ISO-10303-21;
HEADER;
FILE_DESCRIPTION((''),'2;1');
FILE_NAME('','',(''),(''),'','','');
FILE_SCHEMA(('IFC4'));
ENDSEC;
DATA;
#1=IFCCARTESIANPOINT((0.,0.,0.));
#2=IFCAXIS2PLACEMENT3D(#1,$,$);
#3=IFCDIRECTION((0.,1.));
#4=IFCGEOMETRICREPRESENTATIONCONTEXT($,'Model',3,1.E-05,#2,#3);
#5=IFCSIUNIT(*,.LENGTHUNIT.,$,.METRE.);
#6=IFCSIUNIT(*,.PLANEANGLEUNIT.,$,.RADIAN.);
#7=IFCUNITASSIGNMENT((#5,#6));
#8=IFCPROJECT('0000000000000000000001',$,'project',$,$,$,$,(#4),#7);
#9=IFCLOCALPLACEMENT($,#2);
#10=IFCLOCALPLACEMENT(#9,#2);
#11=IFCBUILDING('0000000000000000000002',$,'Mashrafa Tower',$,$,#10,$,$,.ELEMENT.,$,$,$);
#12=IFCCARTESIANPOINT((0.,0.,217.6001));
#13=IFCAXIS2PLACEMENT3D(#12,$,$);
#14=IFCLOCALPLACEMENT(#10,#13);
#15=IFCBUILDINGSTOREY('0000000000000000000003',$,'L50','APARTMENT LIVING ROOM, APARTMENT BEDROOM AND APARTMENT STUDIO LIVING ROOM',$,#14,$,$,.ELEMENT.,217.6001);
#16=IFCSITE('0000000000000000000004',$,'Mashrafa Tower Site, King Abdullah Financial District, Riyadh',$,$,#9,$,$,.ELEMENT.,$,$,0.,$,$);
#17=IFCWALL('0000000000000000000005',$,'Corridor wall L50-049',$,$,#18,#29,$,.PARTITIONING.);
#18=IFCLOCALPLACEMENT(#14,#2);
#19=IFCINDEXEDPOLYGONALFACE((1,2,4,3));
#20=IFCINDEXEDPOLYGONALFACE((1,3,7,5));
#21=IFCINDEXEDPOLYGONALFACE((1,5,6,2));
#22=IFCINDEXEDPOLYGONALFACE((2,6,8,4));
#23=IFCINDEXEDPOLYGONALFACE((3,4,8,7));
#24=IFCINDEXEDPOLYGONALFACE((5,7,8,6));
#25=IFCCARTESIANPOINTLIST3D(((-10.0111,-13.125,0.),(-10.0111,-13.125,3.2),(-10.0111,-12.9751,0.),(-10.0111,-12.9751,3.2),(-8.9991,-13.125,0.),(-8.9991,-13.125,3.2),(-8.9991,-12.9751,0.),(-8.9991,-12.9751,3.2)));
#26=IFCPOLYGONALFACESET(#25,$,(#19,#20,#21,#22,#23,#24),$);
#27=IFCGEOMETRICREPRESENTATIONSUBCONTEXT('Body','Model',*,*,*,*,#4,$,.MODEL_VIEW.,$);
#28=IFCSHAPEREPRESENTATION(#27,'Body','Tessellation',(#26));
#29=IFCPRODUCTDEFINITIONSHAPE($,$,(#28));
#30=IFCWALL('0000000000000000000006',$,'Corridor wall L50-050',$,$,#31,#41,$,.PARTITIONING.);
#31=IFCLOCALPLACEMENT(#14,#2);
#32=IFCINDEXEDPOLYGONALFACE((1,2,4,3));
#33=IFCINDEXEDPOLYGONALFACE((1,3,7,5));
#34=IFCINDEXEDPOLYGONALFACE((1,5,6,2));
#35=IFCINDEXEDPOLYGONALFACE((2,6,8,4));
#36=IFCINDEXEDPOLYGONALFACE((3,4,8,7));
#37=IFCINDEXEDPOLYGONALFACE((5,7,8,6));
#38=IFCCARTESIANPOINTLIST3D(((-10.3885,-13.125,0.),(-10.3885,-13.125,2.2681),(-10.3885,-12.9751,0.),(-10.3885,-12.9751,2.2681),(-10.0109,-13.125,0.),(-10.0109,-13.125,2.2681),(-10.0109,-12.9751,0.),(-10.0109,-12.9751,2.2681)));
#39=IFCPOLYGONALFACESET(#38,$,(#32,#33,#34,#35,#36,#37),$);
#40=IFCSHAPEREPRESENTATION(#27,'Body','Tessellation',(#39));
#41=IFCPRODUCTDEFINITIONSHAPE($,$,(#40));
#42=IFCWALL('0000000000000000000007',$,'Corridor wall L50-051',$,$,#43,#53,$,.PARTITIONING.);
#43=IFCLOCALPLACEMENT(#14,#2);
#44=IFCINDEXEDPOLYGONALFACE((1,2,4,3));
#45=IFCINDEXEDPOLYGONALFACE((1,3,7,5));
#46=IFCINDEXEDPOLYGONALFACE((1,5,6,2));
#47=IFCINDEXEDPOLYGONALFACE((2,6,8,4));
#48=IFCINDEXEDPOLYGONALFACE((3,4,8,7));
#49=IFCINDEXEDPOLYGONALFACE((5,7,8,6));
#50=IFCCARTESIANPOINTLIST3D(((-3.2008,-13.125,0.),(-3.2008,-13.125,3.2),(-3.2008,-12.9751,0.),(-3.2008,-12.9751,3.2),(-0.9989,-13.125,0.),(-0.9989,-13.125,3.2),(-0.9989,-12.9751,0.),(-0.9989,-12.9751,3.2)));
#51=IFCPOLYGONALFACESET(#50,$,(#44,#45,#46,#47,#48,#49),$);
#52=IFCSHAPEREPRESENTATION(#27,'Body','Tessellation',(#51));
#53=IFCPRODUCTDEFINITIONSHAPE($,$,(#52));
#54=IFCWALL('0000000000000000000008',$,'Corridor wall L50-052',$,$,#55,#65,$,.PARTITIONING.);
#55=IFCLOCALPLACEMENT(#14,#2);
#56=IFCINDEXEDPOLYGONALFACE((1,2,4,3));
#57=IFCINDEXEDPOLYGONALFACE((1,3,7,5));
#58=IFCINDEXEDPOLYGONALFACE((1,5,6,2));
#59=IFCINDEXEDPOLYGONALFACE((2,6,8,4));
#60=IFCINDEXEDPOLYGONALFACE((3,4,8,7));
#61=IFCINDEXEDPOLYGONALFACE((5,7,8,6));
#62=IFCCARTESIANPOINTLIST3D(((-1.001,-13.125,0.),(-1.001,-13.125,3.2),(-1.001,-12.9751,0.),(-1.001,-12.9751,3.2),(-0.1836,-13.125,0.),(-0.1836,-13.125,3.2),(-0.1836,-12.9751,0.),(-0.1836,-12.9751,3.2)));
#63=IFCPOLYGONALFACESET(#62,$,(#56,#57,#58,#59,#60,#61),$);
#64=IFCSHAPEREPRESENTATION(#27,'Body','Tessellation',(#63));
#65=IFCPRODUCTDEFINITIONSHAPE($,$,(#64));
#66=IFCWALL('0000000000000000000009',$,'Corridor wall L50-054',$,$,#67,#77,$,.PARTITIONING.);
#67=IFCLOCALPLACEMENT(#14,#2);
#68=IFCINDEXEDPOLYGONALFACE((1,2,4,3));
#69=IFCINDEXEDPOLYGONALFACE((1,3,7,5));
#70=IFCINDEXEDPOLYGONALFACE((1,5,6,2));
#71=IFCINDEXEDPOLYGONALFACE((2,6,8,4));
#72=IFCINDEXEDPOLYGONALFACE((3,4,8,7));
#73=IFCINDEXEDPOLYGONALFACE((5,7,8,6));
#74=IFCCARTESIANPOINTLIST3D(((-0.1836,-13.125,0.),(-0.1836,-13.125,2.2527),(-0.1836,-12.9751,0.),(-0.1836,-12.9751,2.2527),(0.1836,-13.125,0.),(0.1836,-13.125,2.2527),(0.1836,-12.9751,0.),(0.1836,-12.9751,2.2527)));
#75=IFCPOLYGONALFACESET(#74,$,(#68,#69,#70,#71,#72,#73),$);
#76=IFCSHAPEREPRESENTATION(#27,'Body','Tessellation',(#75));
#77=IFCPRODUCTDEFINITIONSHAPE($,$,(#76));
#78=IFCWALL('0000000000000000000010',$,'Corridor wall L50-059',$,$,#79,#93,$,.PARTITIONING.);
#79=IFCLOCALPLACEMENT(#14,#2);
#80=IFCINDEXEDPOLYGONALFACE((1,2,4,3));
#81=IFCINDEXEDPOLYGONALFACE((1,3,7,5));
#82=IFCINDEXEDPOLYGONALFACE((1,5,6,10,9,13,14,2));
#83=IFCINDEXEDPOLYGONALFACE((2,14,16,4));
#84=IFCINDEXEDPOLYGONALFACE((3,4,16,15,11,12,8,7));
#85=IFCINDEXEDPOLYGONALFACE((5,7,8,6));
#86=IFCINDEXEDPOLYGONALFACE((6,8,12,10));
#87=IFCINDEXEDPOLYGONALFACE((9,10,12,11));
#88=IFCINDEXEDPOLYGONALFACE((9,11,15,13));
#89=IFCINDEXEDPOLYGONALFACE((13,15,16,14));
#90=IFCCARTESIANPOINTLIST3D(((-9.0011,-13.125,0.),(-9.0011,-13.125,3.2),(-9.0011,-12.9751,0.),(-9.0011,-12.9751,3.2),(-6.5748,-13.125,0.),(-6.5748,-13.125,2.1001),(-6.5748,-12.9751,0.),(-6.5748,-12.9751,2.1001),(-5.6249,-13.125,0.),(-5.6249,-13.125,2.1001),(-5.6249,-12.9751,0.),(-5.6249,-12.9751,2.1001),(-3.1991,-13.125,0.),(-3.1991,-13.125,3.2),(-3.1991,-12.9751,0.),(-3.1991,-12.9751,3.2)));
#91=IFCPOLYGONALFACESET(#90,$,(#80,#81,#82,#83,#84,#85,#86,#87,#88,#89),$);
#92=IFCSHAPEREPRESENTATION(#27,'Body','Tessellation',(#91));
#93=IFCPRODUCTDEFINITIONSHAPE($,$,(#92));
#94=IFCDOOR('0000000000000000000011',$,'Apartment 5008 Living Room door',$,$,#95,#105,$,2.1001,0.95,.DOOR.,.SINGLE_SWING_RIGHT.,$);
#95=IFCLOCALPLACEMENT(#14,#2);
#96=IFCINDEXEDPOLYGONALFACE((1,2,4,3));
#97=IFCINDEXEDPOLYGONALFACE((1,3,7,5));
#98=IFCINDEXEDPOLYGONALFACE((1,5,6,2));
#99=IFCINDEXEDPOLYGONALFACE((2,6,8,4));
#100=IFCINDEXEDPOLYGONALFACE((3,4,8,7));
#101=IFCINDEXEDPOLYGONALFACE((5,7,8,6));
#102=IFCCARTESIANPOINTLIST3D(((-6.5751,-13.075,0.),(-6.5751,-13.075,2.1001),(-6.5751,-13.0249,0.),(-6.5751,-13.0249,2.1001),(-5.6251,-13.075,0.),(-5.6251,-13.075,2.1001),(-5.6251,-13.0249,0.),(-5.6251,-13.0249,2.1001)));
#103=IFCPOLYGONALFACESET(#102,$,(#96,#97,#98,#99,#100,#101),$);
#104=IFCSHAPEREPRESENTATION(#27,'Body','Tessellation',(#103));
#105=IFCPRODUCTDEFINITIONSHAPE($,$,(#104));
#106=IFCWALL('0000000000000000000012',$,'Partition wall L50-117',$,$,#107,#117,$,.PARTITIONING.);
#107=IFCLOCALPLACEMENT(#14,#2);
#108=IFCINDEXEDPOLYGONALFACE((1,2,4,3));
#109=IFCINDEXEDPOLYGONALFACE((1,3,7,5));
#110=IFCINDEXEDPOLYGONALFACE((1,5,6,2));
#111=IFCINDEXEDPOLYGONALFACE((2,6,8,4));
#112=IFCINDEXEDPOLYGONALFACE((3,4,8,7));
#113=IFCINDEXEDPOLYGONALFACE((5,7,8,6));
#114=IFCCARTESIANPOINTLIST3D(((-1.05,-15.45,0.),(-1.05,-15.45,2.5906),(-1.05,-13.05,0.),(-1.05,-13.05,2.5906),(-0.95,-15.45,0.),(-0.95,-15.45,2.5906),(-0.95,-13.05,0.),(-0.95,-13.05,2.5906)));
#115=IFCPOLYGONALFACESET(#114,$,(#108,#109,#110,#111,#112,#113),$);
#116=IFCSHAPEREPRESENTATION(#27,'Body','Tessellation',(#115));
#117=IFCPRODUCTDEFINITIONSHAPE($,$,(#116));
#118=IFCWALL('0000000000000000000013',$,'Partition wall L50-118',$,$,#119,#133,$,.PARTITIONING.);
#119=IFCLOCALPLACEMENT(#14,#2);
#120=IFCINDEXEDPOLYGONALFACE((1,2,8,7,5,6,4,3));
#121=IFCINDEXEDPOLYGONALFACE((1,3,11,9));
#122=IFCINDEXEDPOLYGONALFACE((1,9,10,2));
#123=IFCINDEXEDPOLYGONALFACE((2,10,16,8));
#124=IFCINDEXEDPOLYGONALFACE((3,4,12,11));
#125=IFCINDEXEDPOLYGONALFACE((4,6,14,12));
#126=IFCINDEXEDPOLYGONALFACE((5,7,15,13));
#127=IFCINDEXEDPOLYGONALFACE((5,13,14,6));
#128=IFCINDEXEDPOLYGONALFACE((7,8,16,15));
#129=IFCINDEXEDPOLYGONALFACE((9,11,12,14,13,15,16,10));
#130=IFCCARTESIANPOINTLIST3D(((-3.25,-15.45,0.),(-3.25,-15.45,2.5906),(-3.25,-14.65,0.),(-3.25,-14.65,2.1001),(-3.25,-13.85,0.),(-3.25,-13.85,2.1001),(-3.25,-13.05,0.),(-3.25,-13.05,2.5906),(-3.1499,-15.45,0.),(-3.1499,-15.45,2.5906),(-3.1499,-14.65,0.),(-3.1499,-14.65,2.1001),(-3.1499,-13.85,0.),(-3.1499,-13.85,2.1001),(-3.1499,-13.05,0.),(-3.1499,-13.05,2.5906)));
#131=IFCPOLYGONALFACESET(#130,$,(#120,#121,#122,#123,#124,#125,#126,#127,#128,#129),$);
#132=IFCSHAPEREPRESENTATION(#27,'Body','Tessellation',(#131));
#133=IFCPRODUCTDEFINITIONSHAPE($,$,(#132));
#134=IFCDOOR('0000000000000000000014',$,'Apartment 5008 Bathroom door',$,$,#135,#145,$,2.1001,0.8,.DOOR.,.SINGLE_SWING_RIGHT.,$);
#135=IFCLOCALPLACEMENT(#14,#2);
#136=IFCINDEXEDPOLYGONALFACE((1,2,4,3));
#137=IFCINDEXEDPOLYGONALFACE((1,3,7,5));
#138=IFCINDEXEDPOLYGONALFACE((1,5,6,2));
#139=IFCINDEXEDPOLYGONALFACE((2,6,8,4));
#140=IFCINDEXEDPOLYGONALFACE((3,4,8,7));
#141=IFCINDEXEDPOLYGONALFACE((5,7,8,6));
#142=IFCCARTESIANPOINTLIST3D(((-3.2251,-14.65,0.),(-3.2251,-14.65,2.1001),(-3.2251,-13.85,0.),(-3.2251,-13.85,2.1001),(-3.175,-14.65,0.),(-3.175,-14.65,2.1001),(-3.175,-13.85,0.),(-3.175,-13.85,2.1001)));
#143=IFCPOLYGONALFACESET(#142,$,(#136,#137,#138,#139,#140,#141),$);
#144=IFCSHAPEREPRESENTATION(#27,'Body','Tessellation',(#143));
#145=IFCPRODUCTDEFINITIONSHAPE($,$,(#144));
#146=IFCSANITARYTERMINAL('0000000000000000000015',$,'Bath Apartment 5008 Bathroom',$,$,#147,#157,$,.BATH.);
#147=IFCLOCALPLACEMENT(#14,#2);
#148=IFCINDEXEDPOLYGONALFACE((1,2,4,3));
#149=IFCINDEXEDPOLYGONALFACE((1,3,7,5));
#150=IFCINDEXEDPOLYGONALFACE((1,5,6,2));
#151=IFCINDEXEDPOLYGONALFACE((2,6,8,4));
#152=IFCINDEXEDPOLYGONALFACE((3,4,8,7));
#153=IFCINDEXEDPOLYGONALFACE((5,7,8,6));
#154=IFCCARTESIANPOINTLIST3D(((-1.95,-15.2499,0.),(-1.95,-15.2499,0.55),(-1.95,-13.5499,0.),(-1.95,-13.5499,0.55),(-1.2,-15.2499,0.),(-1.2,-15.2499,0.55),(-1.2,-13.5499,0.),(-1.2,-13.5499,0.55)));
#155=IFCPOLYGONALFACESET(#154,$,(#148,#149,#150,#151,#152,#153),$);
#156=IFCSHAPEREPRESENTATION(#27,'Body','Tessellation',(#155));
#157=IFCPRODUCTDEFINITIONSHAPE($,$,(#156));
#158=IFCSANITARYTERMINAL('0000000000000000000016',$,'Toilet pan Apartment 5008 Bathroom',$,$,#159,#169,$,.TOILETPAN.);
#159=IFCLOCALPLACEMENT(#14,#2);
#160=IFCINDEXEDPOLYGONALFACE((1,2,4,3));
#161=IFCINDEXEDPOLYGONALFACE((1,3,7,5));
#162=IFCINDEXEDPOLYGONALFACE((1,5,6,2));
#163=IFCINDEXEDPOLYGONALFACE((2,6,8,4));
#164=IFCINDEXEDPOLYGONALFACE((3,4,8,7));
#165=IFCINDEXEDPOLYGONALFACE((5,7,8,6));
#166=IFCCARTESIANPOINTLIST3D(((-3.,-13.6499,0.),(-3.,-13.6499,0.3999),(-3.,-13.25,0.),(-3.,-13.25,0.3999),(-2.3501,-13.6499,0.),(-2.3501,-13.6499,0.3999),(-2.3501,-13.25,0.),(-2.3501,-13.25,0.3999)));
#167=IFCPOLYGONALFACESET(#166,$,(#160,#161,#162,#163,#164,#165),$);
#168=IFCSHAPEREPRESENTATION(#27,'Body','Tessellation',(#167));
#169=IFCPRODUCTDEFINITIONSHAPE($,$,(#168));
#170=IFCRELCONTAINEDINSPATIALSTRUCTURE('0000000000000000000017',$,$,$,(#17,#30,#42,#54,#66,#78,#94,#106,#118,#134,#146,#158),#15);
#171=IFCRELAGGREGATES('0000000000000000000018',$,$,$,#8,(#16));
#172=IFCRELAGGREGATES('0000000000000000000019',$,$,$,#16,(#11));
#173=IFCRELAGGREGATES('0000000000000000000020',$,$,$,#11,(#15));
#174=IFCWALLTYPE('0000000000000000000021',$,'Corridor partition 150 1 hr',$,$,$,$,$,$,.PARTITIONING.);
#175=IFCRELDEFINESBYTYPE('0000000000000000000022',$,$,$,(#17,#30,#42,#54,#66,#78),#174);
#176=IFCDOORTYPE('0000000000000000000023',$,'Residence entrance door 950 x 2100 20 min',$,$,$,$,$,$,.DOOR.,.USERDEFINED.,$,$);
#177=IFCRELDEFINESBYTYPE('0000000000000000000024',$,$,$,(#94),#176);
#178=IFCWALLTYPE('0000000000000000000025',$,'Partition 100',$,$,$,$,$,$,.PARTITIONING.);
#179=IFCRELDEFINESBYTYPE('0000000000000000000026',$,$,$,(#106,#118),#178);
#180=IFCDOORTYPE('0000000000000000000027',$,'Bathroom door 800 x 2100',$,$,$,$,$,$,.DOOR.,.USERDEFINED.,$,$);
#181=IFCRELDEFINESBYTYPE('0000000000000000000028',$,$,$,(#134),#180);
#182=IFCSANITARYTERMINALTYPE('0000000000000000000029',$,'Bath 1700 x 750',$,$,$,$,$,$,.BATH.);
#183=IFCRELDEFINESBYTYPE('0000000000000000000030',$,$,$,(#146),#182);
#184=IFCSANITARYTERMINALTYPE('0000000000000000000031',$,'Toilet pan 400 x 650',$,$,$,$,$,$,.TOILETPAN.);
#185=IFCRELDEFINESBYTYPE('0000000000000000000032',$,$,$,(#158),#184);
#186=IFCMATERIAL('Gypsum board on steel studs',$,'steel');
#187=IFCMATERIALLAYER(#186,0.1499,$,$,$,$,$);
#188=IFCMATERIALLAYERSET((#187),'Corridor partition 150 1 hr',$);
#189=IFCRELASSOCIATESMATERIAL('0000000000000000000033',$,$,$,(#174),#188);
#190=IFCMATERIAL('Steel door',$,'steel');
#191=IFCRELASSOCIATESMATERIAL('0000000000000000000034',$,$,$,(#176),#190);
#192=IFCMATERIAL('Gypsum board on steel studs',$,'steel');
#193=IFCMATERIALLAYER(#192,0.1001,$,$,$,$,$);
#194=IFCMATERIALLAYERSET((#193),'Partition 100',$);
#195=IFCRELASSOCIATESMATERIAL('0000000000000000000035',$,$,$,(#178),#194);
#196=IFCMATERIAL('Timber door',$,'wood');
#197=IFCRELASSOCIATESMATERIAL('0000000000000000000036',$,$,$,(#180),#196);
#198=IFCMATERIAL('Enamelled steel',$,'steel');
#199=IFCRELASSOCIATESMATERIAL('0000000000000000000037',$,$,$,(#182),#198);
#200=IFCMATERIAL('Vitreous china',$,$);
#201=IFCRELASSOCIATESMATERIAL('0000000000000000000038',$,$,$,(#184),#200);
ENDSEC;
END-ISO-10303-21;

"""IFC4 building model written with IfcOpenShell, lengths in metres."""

from ifc_helpers import new_model, si_unit, direction, frame, frame_2d, origin, origin_2d, place, context, subcontext, project, spatial, rectangle, extrude, material, layer, layer_set, type_object, element, fill, save


model = new_model("IFC4")

# Units and contexts
model_context = context("Model", 3, precision=1e-05, world=origin(), true_north=direction((0.0, 1.0)))
body_context = subcontext(model_context, "Body", "Model", "MODEL_VIEW")
ifc_project = project(units=[si_unit("LENGTHUNIT", "METRE"), si_unit("PLANEANGLEUNIT", "RADIAN")], contexts=[model_context])

# Site, building, storey
site_placement = place(None, origin())
site = spatial("IfcSite", under=ifc_project, at=site_placement, Name="Mashrafa Tower Site, King Abdullah Financial District, Riyadh", CompositionType="ELEMENT", RefElevation=0.0)
building_placement = place(site_placement, origin())
building = spatial("IfcBuilding", under=site, at=building_placement, Name="Mashrafa Tower", CompositionType="ELEMENT")
storey_placement = place(building_placement, frame((0.0, 0.0, 217.6001)))
storey = spatial("IfcBuildingStorey", under=building, at=storey_placement, Name="L50", Description="APARTMENT LIVING ROOM, APARTMENT BEDROOM AND APARTMENT STUDIO LIVING ROOM", CompositionType="ELEMENT", Elevation=217.6001)

# Walls
ifc_material_1 = material(Name="Gypsum board on steel studs", Category="steel")
ifc_layer_1 = layer(ifc_material_1, 0.1499)
ifc_layer_set_1 = layer_set([ifc_layer_1], Name="Corridor partition 150 1 hr")
wall_type_1 = type_object("IfcWallType", Name="Corridor partition 150 1 hr", PredefinedType="PARTITIONING", material=ifc_layer_set_1)
wall_1_placement = place(storey_placement, frame((-10.011, -13.05, 0.0), z_axis=(0.0, 0.0, 1.0), x_axis=(1.0, 0.0, 0.0)))
element("IfcWall", 1, at=wall_1_placement, inside=storey, type_object=wall_type_1, Name="Corridor wall L50-049", PredefinedType="PARTITIONING", context=body_context, shape_type="SweptSolid", body=[
    extrude(rectangle(XDim=1.012, YDim=0.1499, at=frame_2d((0.5059, 0.0))), origin(), (0.0, 0.0, 1.0), 3.2),
])
wall_2_placement = place(storey_placement, frame((-10.3887, -13.05, 0.0), z_axis=(0.0, 0.0, 1.0), x_axis=(1.0, 0.0, 0.0)))
element("IfcWall", 2, at=wall_2_placement, inside=storey, type_object=wall_type_1, Name="Corridor wall L50-050", PredefinedType="PARTITIONING", context=body_context, shape_type="SweptSolid", body=[
    extrude(rectangle(XDim=0.3777, YDim=0.1499, at=frame_2d((0.189, 0.0))), origin(), (0.0, 0.0, 1.0), 2.2681),
])
wall_3_placement = place(storey_placement, frame((-3.2009, -13.05, 0.0), z_axis=(0.0, 0.0, 1.0), x_axis=(1.0, 0.0, 0.0)))
element("IfcWall", 3, at=wall_3_placement, inside=storey, type_object=wall_type_1, Name="Corridor wall L50-051", PredefinedType="PARTITIONING", context=body_context, shape_type="SweptSolid", body=[
    extrude(rectangle(XDim=2.2019, YDim=0.1499, at=frame_2d((1.1011, 0.0))), origin(), (0.0, 0.0, 1.0), 3.2),
])
wall_4_placement = place(storey_placement, frame((-1.001, -13.05, 0.0), z_axis=(0.0, 0.0, 1.0), x_axis=(1.0, 0.0, 0.0)))
element("IfcWall", 4, at=wall_4_placement, inside=storey, type_object=wall_type_1, Name="Corridor wall L50-052", PredefinedType="PARTITIONING", context=body_context, shape_type="SweptSolid", body=[
    extrude(rectangle(XDim=0.8174, YDim=0.1499, at=frame_2d((0.4087, 0.0))), origin(), (0.0, 0.0, 1.0), 3.2),
])
wall_5_placement = place(storey_placement, frame((-0.1836, -13.05, 0.0), z_axis=(0.0, 0.0, 1.0), x_axis=(1.0, 0.0, 0.0)))
element("IfcWall", 5, at=wall_5_placement, inside=storey, type_object=wall_type_1, Name="Corridor wall L50-054", PredefinedType="PARTITIONING", context=body_context, shape_type="SweptSolid", body=[
    extrude(rectangle(XDim=0.3672, YDim=0.1499, at=frame_2d((0.1836, 0.0))), origin(), (0.0, 0.0, 1.0), 2.2527),
])

# Wall, opening, door
wall_6_placement = place(storey_placement, frame((-9.001, -13.05, 0.0), z_axis=(0.0, 0.0, 1.0), x_axis=(1.0, 0.0, 0.0)))
wall_6 = element("IfcWall", 6, at=wall_6_placement, inside=storey, type_object=wall_type_1, Name="Corridor wall L50-059", PredefinedType="PARTITIONING", context=body_context, shape_type="SweptSolid", body=[
    extrude(rectangle(XDim=5.802, YDim=0.1499, at=frame_2d((2.9009, 0.0))), origin(), (0.0, 0.0, 1.0), 3.2),
])
opening_1_placement = place(wall_6_placement, frame((2.426, 0.0, 0.0)))
opening_1 = element("IfcOpeningElement", 7, at=opening_1_placement, cuts=wall_6, PredefinedType="OPENING", context=body_context, shape_type="SweptSolid", body=[
    extrude(rectangle(XDim=0.95, YDim=2.1001, at=frame_2d((0.4751, 1.05))), frame((0.0, 0.085, 0.0), z_axis=(0.0, -1.0, 0.0), x_axis=(1.0, 0.0, 0.0)), (0.0, 0.0, 1.0), 0.1699),
])
ifc_material_2 = material(Name="Steel door", Category="steel")
door_type_1 = type_object("IfcDoorType", Name="Residence entrance door 950 x 2100 20 min", OperationType="USERDEFINED", PredefinedType="DOOR", material=ifc_material_2)
door_1_placement = place(opening_1_placement, frame((0.95, 0.0, 0.0), z_axis=(0.0, 0.0, 1.0), x_axis=(-1.0, 0.0, 0.0)))
door_1 = element("IfcDoor", 8, at=door_1_placement, inside=storey, type_object=door_type_1, Name="Apartment 5008 Living Room door", OperationType="SINGLE_SWING_RIGHT", OverallHeight=2.1001, OverallWidth=0.95, PredefinedType="DOOR", context=body_context, shape_type="SweptSolid", body=[
    extrude(rectangle(XDim=0.95, YDim=2.1001, at=frame_2d((0.4751, 1.05))), frame((0.0, 0.0249, 0.0), z_axis=(0.0, -1.0, 0.0), x_axis=(1.0, 0.0, 0.0)), (0.0, 0.0, 1.0), 0.05),
])
fill(opening_1, door_1)

# Wall
ifc_material_3 = material(Name="Gypsum board on steel studs", Category="steel")
ifc_layer_2 = layer(ifc_material_3, 0.1001)
ifc_layer_set_2 = layer_set([ifc_layer_2], Name="Partition 100")
wall_type_2 = type_object("IfcWallType", Name="Partition 100", PredefinedType="PARTITIONING", material=ifc_layer_set_2)
wall_7_placement = place(storey_placement, frame((-1.0, -15.45, 0.0), z_axis=(0.0, 0.0, 1.0), x_axis=(0.0, 1.0, 0.0)))
element("IfcWall", 9, at=wall_7_placement, inside=storey, type_object=wall_type_2, Name="Partition wall L50-117", PredefinedType="PARTITIONING", context=body_context, shape_type="SweptSolid", body=[
    extrude(rectangle(XDim=2.3999, YDim=0.1001, at=frame_2d((1.2, 0.0))), origin(), (0.0, 0.0, 1.0), 2.5906),
])

# Wall, opening, door
wall_8_placement = place(storey_placement, frame((-3.2, -13.05, 0.0), z_axis=(0.0, 0.0, 1.0), x_axis=(0.0, -1.0, 0.0)))
wall_8 = element("IfcWall", 10, at=wall_8_placement, inside=storey, type_object=wall_type_2, Name="Partition wall L50-118", PredefinedType="PARTITIONING", context=body_context, shape_type="SweptSolid", body=[
    extrude(rectangle(XDim=2.3999, YDim=0.1001, at=frame_2d((1.2, 0.0))), origin(), (0.0, 0.0, 1.0), 2.5906),
])
opening_2_placement = place(wall_8_placement, frame((0.8, 0.0, 0.0)))
opening_2 = element("IfcOpeningElement", 11, at=opening_2_placement, cuts=wall_8, PredefinedType="OPENING", context=body_context, shape_type="SweptSolid", body=[
    extrude(rectangle(XDim=0.8, YDim=2.1001, at=frame_2d((0.3999, 1.05))), frame((0.0, 0.0601, 0.0), z_axis=(0.0, -1.0, 0.0), x_axis=(1.0, 0.0, 0.0)), (0.0, 0.0, 1.0), 0.1201),
])
ifc_material_4 = material(Name="Timber door", Category="wood")
door_type_2 = type_object("IfcDoorType", Name="Bathroom door 800 x 2100", OperationType="USERDEFINED", PredefinedType="DOOR", material=ifc_material_4)
door_2_placement = place(opening_2_placement, origin())
door_2 = element("IfcDoor", 12, at=door_2_placement, inside=storey, type_object=door_type_2, Name="Apartment 5008 Bathroom door", OperationType="SINGLE_SWING_RIGHT", OverallHeight=2.1001, OverallWidth=0.8, PredefinedType="DOOR", context=body_context, shape_type="SweptSolid", body=[
    extrude(rectangle(XDim=0.8, YDim=2.1001, at=frame_2d((0.3999, 1.05))), frame((0.0, 0.0249, 0.0), z_axis=(0.0, -1.0, 0.0), x_axis=(1.0, 0.0, 0.0)), (0.0, 0.0, 1.0), 0.05),
])
fill(opening_2, door_2)

# Sanitary terminals
ifc_material_5 = material(Name="Enamelled steel", Category="steel")
sanitary_terminal_type_1 = type_object("IfcSanitaryTerminalType", Name="Bath 1700 x 750", PredefinedType="BATH", material=ifc_material_5)
sanitary_terminal_1_placement = place(storey_placement, frame((-1.575, -14.3999, 0.0), z_axis=(0.0, 0.0, 1.0), x_axis=(0.0, 1.0, 0.0)))
element("IfcSanitaryTerminal", 13, at=sanitary_terminal_1_placement, inside=storey, type_object=sanitary_terminal_type_1, Name="Bath Apartment 5008 Bathroom", PredefinedType="BATH", context=body_context, shape_type="SweptSolid", body=[
    extrude(rectangle(XDim=1.7, YDim=0.75, at=origin_2d()), origin(), (0.0, 0.0, 1.0), 0.55),
])
ifc_material_6 = material(Name="Vitreous china")
sanitary_terminal_type_2 = type_object("IfcSanitaryTerminalType", Name="Toilet pan 400 x 650", PredefinedType="TOILETPAN", material=ifc_material_6)
sanitary_terminal_2_placement = place(storey_placement, frame((-2.675, -13.45, 0.0), z_axis=(0.0, 0.0, 1.0), x_axis=(0.0, -1.0, 0.0)))
element("IfcSanitaryTerminal", 14, at=sanitary_terminal_2_placement, inside=storey, type_object=sanitary_terminal_type_2, Name="Toilet pan Apartment 5008 Bathroom", PredefinedType="TOILETPAN", context=body_context, shape_type="SweptSolid", body=[
    extrude(rectangle(XDim=0.3999, YDim=0.6499, at=origin_2d()), origin(), (0.0, 0.0, 1.0), 0.3999),
])

save(model, "model.ifc")
